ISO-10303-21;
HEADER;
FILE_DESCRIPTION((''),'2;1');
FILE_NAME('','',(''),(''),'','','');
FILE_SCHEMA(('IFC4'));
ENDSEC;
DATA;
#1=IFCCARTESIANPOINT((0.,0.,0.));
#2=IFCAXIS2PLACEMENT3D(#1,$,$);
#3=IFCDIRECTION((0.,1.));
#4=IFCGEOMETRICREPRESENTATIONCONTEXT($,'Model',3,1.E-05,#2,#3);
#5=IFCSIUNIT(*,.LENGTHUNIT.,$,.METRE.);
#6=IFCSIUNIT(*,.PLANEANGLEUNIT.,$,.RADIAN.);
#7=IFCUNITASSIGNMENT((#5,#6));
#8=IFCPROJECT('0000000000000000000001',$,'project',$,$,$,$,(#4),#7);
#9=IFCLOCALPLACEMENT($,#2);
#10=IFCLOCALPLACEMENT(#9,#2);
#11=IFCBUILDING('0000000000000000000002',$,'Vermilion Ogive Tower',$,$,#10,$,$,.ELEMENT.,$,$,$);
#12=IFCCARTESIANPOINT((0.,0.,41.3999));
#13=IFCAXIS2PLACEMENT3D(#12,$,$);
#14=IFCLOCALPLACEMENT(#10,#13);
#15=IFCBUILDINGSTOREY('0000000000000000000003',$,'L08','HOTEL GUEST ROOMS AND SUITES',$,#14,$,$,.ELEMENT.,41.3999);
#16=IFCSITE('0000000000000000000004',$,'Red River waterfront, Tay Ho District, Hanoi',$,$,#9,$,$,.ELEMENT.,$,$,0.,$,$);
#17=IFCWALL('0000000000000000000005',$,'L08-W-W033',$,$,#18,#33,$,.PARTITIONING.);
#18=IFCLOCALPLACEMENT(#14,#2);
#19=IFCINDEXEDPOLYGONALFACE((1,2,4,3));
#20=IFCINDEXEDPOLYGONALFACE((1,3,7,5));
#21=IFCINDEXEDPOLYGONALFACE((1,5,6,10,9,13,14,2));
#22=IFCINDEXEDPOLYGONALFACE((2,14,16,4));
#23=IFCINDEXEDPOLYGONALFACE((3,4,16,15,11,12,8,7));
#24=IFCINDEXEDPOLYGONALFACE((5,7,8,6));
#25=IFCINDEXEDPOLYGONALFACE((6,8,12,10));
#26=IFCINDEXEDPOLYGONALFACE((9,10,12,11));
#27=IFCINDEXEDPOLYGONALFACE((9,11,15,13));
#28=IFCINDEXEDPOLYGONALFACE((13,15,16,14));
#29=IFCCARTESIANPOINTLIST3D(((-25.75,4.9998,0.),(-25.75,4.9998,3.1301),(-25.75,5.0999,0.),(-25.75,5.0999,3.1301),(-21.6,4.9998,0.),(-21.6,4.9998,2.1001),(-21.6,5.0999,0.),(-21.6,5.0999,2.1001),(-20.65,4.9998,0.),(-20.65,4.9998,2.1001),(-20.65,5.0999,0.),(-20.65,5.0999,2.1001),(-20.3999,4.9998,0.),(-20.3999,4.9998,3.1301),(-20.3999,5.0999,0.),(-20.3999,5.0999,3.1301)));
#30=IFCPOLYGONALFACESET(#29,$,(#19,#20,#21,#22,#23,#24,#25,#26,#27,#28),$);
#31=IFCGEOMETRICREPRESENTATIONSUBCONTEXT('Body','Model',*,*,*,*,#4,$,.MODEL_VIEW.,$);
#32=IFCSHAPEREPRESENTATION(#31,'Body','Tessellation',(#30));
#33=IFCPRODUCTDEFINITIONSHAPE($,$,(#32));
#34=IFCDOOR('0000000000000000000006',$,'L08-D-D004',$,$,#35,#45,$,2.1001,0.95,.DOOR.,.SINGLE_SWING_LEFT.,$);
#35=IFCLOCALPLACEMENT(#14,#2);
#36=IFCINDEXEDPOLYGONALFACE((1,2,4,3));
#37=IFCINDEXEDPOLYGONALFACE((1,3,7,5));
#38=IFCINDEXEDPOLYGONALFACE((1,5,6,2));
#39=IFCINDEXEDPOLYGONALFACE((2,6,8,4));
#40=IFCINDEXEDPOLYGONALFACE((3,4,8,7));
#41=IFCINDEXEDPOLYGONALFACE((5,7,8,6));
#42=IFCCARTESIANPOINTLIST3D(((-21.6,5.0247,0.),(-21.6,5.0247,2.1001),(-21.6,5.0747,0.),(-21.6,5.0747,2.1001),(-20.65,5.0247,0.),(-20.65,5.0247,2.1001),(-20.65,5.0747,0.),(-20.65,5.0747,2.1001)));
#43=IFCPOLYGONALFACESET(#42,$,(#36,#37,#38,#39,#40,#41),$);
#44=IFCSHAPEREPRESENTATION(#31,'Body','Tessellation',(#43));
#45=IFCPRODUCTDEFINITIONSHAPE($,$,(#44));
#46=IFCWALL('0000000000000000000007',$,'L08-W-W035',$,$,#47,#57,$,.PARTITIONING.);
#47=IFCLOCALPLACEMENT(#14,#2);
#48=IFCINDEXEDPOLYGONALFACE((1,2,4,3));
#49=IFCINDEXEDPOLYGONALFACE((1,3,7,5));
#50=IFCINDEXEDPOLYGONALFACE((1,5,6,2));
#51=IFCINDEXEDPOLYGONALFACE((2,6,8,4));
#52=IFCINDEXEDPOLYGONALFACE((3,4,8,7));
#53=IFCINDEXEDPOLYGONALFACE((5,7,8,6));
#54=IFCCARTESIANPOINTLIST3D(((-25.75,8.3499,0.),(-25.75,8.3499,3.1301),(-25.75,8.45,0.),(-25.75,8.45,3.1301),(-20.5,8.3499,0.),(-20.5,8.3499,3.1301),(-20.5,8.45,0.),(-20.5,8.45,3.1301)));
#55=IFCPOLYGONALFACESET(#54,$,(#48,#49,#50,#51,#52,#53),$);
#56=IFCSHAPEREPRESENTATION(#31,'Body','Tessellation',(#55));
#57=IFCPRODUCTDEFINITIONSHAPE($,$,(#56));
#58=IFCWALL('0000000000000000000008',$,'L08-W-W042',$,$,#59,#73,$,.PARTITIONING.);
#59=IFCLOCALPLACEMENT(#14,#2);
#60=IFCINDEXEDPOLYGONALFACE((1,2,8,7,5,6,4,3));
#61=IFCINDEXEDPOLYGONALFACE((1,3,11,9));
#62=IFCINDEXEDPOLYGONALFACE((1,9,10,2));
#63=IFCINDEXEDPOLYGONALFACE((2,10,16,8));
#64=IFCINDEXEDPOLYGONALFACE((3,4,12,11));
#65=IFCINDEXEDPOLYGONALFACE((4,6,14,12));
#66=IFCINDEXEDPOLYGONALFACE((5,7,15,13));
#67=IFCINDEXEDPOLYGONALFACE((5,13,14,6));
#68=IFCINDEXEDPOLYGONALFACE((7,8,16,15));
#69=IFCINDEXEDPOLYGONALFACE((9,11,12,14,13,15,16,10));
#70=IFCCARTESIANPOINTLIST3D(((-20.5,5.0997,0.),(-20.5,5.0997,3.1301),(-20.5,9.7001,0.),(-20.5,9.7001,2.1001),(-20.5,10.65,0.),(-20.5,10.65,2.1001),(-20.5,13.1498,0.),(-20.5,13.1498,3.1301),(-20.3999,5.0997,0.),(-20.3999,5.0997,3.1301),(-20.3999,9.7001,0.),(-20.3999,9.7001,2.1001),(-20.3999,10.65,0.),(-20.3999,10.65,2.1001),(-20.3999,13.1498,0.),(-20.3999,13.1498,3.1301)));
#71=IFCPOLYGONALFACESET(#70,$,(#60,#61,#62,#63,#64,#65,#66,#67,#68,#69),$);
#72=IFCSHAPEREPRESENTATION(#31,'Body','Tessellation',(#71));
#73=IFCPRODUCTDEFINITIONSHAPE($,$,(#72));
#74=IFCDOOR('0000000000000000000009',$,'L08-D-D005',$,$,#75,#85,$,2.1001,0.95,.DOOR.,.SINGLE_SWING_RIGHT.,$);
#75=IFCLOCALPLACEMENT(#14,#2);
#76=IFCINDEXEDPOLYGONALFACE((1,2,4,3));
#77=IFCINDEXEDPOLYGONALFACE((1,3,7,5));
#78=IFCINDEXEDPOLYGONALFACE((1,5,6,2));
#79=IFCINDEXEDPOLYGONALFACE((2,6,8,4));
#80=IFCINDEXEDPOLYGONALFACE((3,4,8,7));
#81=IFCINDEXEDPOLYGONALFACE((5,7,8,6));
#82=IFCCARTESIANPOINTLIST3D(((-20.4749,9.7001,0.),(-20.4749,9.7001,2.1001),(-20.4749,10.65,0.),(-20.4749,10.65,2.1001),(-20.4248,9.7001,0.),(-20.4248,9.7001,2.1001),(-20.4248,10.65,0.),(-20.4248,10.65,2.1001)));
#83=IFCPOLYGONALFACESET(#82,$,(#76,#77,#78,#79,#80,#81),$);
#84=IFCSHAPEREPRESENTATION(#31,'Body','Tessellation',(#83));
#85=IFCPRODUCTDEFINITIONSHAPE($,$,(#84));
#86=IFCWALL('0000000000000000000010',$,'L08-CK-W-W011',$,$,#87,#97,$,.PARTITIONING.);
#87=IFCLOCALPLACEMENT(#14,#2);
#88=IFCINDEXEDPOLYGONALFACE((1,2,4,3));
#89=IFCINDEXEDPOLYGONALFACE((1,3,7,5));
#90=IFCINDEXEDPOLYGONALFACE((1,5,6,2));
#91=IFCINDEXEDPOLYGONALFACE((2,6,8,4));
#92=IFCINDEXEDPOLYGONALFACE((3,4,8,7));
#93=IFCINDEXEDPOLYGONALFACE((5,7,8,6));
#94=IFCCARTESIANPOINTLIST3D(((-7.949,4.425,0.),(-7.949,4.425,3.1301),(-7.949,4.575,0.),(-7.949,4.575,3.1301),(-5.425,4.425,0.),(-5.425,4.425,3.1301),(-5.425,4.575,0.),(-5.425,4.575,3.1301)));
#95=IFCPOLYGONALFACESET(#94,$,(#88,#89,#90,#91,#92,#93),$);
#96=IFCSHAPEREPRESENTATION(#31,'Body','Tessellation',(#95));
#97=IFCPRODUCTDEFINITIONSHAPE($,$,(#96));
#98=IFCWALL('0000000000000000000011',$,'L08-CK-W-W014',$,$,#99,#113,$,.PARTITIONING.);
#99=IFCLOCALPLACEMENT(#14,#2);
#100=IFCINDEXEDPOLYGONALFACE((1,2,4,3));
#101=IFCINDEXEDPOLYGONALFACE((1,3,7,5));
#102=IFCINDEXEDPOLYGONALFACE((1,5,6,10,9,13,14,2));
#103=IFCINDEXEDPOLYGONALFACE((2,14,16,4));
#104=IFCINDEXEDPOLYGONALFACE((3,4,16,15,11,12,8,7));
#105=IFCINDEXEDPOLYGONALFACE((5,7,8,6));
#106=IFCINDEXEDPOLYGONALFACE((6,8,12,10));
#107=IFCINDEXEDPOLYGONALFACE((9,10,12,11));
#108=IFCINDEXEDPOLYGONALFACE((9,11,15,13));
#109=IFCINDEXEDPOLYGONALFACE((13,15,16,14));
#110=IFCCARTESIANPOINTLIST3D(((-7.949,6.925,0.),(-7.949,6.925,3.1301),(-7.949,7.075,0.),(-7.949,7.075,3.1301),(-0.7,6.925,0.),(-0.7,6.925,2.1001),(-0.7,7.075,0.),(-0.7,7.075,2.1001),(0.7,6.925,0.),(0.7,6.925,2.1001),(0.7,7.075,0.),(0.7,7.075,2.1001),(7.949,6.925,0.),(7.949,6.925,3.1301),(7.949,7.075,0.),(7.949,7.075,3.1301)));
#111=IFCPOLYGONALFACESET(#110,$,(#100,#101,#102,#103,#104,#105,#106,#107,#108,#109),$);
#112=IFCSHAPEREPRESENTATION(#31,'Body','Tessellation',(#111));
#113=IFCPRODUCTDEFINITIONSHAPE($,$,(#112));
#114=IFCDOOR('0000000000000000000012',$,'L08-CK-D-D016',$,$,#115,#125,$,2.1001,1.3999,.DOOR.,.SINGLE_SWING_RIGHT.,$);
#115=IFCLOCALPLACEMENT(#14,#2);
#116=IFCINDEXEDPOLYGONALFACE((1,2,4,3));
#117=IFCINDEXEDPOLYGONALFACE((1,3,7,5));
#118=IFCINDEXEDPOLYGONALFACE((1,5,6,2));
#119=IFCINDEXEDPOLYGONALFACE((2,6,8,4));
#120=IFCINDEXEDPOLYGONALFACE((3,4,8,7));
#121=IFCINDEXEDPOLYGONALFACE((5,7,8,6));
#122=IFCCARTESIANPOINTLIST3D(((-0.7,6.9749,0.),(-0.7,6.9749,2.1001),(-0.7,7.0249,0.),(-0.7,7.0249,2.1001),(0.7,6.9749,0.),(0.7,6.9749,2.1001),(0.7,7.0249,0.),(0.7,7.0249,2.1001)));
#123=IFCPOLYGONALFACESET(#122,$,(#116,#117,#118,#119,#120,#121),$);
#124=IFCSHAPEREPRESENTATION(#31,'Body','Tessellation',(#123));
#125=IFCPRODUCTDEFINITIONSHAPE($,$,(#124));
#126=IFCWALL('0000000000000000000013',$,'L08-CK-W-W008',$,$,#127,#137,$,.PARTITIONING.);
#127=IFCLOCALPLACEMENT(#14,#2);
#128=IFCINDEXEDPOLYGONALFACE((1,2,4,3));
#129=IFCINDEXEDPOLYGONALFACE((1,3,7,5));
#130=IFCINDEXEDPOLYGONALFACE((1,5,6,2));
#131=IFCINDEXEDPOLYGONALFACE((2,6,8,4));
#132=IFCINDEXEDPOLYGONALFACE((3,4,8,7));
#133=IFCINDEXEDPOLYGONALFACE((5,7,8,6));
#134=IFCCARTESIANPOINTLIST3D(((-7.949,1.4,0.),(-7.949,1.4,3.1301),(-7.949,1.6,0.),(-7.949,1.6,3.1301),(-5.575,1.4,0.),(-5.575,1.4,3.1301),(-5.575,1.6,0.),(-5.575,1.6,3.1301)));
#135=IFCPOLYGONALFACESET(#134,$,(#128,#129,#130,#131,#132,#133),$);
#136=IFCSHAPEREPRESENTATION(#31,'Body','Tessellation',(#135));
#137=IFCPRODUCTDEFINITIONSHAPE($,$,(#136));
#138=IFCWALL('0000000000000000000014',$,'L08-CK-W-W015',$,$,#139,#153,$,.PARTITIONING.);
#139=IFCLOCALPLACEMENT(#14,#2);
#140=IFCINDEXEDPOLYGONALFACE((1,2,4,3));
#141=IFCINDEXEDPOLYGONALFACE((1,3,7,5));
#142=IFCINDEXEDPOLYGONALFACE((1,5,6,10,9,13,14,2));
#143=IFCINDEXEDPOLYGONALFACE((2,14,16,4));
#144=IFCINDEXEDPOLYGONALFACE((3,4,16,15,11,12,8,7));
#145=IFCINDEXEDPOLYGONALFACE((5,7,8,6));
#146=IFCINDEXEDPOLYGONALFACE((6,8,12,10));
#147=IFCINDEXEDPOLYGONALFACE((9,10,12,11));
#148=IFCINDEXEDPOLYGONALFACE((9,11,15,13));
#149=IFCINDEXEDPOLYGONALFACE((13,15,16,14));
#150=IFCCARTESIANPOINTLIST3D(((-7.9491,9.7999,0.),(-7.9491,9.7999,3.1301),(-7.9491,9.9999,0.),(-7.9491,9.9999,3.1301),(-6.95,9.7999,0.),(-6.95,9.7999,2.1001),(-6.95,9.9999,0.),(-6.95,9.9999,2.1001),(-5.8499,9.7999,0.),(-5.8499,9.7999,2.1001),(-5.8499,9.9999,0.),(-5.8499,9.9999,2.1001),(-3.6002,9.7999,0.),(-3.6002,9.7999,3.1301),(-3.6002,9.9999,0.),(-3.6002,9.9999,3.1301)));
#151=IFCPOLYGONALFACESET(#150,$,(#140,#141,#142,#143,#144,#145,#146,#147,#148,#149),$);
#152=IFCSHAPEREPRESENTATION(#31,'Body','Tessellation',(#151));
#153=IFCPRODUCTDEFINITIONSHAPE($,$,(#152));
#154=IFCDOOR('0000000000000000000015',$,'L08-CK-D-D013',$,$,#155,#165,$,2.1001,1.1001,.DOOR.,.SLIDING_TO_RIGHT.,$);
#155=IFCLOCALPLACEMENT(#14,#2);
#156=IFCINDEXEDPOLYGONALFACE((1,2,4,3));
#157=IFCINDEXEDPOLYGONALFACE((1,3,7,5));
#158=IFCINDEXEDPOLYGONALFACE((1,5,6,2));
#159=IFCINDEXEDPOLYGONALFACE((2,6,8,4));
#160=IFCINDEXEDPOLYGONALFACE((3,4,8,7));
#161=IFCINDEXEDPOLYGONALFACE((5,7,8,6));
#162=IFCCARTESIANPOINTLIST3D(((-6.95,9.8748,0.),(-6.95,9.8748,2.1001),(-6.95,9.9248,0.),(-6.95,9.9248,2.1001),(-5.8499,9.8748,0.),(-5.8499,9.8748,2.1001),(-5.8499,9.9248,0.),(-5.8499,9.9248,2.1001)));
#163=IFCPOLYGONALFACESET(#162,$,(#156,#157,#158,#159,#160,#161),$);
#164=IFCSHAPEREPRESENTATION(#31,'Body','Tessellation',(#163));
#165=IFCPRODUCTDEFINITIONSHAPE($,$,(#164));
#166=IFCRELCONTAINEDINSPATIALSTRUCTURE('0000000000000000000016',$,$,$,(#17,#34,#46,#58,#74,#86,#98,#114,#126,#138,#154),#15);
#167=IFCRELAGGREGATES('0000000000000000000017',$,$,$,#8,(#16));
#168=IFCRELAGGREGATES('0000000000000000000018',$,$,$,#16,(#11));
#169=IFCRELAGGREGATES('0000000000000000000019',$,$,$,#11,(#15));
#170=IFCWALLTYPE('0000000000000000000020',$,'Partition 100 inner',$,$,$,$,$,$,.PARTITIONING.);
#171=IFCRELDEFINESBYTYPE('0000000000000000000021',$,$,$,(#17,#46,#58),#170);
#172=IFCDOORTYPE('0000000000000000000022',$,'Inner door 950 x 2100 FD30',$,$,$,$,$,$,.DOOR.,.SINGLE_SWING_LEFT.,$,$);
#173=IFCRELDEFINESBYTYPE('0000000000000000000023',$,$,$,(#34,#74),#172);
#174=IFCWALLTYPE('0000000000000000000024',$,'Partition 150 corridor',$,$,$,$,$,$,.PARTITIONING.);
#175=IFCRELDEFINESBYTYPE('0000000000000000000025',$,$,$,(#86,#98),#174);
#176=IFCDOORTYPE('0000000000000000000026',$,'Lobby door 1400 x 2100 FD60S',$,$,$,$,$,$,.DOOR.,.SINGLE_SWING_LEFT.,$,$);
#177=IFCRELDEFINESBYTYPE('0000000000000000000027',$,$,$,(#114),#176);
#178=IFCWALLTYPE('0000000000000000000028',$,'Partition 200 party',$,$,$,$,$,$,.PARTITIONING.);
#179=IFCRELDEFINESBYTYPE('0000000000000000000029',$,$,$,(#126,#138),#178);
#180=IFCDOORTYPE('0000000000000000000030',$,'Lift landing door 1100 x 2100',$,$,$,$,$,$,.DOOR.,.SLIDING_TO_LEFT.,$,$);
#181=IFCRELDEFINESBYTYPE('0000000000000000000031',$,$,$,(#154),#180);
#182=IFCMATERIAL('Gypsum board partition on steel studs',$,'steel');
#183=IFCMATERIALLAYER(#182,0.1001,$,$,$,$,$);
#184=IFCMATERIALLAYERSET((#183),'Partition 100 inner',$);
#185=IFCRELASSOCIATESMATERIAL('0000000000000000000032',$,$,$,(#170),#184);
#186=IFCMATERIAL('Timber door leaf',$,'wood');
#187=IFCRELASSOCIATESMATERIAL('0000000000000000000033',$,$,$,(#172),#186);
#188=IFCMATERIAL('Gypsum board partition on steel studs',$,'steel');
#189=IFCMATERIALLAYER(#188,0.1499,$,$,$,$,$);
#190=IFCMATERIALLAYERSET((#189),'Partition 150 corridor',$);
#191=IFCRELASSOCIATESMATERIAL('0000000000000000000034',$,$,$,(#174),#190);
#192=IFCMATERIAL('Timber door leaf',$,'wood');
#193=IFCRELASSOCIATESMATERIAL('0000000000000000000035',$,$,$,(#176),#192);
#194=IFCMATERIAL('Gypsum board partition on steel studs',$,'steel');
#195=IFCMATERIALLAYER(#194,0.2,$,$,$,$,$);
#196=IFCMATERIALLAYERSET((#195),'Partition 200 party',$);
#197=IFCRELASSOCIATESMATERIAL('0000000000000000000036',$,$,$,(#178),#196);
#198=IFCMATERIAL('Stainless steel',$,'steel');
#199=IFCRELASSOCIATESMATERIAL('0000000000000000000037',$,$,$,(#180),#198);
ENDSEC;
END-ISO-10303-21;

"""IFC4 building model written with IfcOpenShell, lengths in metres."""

from ifc_helpers import new_model, si_unit, direction, frame, frame_2d, origin, place, context, subcontext, project, spatial, rectangle, extrude, material, layer, layer_set, type_object, element, fill, save


model = new_model("IFC4")

# Units and contexts
model_context = context("Model", 3, precision=1e-05, world=origin(), true_north=direction((0.0, 1.0)))
body_context = subcontext(model_context, "Body", "Model", "MODEL_VIEW")
ifc_project = project(units=[si_unit("LENGTHUNIT", "METRE"), si_unit("PLANEANGLEUNIT", "RADIAN")], contexts=[model_context])

# Site, building, storey
site_placement = place(None, origin())
site = spatial("IfcSite", under=ifc_project, at=site_placement, Name="Red River waterfront, Tay Ho District, Hanoi", CompositionType="ELEMENT", RefElevation=0.0)
building_placement = place(site_placement, origin())
building = spatial("IfcBuilding", under=site, at=building_placement, Name="Vermilion Ogive Tower", CompositionType="ELEMENT")
storey_placement = place(building_placement, frame((0.0, 0.0, 41.3999)))
storey = spatial("IfcBuildingStorey", under=building, at=storey_placement, Name="L08", Description="HOTEL GUEST ROOMS AND SUITES", CompositionType="ELEMENT", Elevation=41.3999)

# Wall, opening, door
ifc_material_1 = material(Name="Gypsum board partition on steel studs", Category="steel")
ifc_layer_1 = layer(ifc_material_1, 0.1001)
ifc_layer_set_1 = layer_set([ifc_layer_1], Name="Partition 100 inner")
wall_type_1 = type_object("IfcWallType", Name="Partition 100 inner", PredefinedType="PARTITIONING", material=ifc_layer_set_1)
ifc_material_2 = material(Name="Timber door leaf", Category="wood")
door_type_1 = type_object("IfcDoorType", Name="Inner door 950 x 2100 FD30", OperationType="SINGLE_SWING_LEFT", PredefinedType="DOOR", material=ifc_material_2)
wall_1_placement = place(storey_placement, frame((-25.75, 5.0498, 0.0), z_axis=(0.0, 0.0, 1.0), x_axis=(1.0, 0.0, 0.0)))
wall_1 = element("IfcWall", 1, at=wall_1_placement, inside=storey, type_object=wall_type_1, Name="L08-W-W033", PredefinedType="PARTITIONING", context=body_context, shape_type="SweptSolid", body=[
    extrude(rectangle(XDim=5.3501, YDim=0.1001, at=frame_2d((2.675, 0.0))), origin(), (0.0, 0.0, 1.0), 3.1301),
])
opening_1_placement = place(wall_1_placement, frame((4.1499, 0.0, 0.0)))
opening_1 = element("IfcOpeningElement", 2, at=opening_1_placement, cuts=wall_1, PredefinedType="OPENING", context=body_context, shape_type="SweptSolid", body=[
    extrude(rectangle(XDim=0.95, YDim=2.1001, at=frame_2d((0.4751, 1.05))), frame((0.0, 0.0601, 0.0), z_axis=(0.0, -1.0, 0.0), x_axis=(1.0, 0.0, 0.0)), (0.0, 0.0, 1.0), 0.1201),
])
door_1_placement = place(opening_1_placement, origin())
door_1 = element("IfcDoor", 3, at=door_1_placement, inside=storey, type_object=door_type_1, Name="L08-D-D004", OperationType="SINGLE_SWING_LEFT", OverallHeight=2.1001, OverallWidth=0.95, PredefinedType="DOOR", context=body_context, shape_type="SweptSolid", body=[
    extrude(rectangle(XDim=0.95, YDim=2.1001, at=frame_2d((0.4751, 1.05))), frame((0.0, 0.0249, 0.0), z_axis=(0.0, -1.0, 0.0), x_axis=(1.0, 0.0, 0.0)), (0.0, 0.0, 1.0), 0.05),
])
fill(opening_1, door_1)

# Wall
wall_2_placement = place(storey_placement, frame((-25.75, 8.3999, 0.0), z_axis=(0.0, 0.0, 1.0), x_axis=(1.0, 0.0, 0.0)))
element("IfcWall", 4, at=wall_2_placement, inside=storey, type_object=wall_type_1, Name="L08-W-W035", PredefinedType="PARTITIONING", context=body_context, shape_type="SweptSolid", body=[
    extrude(rectangle(XDim=5.25, YDim=0.1001, at=frame_2d((2.625, 0.0))), origin(), (0.0, 0.0, 1.0), 3.1301),
])

# Wall, opening, door
wall_3_placement = place(storey_placement, frame((-20.45, 5.0999, 0.0), z_axis=(0.0, 0.0, 1.0), x_axis=(0.0, 1.0, 0.0)))
wall_3 = element("IfcWall", 5, at=wall_3_placement, inside=storey, type_object=wall_type_1, Name="L08-W-W042", PredefinedType="PARTITIONING", context=body_context, shape_type="SweptSolid", body=[
    extrude(rectangle(XDim=8.05, YDim=0.1001, at=frame_2d((4.0249, 0.0))), origin(), (0.0, 0.0, 1.0), 3.1301),
])
opening_2_placement = place(wall_3_placement, frame((4.6001, 0.0, 0.0)))
opening_2 = element("IfcOpeningElement", 6, at=opening_2_placement, cuts=wall_3, PredefinedType="OPENING", context=body_context, shape_type="SweptSolid", body=[
    extrude(rectangle(XDim=0.95, YDim=2.1001, at=frame_2d((0.4751, 1.05))), frame((0.0, 0.0601, 0.0), z_axis=(0.0, -1.0, 0.0), x_axis=(1.0, 0.0, 0.0)), (0.0, 0.0, 1.0), 0.1201),
])
door_2_placement = place(opening_2_placement, origin())
door_2 = element("IfcDoor", 7, at=door_2_placement, inside=storey, type_object=door_type_1, Name="L08-D-D005", OperationType="SINGLE_SWING_RIGHT", OverallHeight=2.1001, OverallWidth=0.95, PredefinedType="DOOR", context=body_context, shape_type="SweptSolid", body=[
    extrude(rectangle(XDim=0.95, YDim=2.1001, at=frame_2d((0.4751, 1.05))), frame((0.0, 0.0249, 0.0), z_axis=(0.0, -1.0, 0.0), x_axis=(1.0, 0.0, 0.0)), (0.0, 0.0, 1.0), 0.05),
])
fill(opening_2, door_2)

# Wall
ifc_material_3 = material(Name="Gypsum board partition on steel studs", Category="steel")
ifc_layer_2 = layer(ifc_material_3, 0.1499)
ifc_layer_set_2 = layer_set([ifc_layer_2], Name="Partition 150 corridor")
wall_type_2 = type_object("IfcWallType", Name="Partition 150 corridor", PredefinedType="PARTITIONING", material=ifc_layer_set_2)
wall_4_placement = place(storey_placement, frame((-7.949, 4.5, 0.0), z_axis=(0.0, 0.0, 1.0), x_axis=(1.0, 0.0, 0.0)))
element("IfcWall", 8, at=wall_4_placement, inside=storey, type_object=wall_type_2, Name="L08-CK-W-W011", PredefinedType="PARTITIONING", context=body_context, shape_type="SweptSolid", body=[
    extrude(rectangle(XDim=2.5239, YDim=0.1499, at=frame_2d((1.262, 0.0))), origin(), (0.0, 0.0, 1.0), 3.1301),
])

# Wall, opening, door
wall_5_placement = place(storey_placement, frame((-7.949, 7.0, 0.0), z_axis=(0.0, 0.0, 1.0), x_axis=(1.0, 0.0, 0.0)))
wall_5 = element("IfcWall", 9, at=wall_5_placement, inside=storey, type_object=wall_type_2, Name="L08-CK-W-W014", PredefinedType="PARTITIONING", context=body_context, shape_type="SweptSolid", body=[
    extrude(rectangle(XDim=15.8979, YDim=0.1499, at=frame_2d((7.949, 0.0))), origin(), (0.0, 0.0, 1.0), 3.1301),
])
opening_3_placement = place(wall_5_placement, frame((7.249, 0.0, 0.0)))
opening_3 = element("IfcOpeningElement", 10, at=opening_3_placement, cuts=wall_5, PredefinedType="OPENING", context=body_context, shape_type="SweptSolid", body=[
    extrude(rectangle(XDim=1.3999, YDim=2.1001, at=frame_2d((0.7, 1.05))), frame((0.0, 0.085, 0.0), z_axis=(0.0, -1.0, 0.0), x_axis=(1.0, 0.0, 0.0)), (0.0, 0.0, 1.0), 0.1699),
])
ifc_material_4 = material(Name="Timber door leaf", Category="wood")
door_type_2 = type_object("IfcDoorType", Name="Lobby door 1400 x 2100 FD60S", OperationType="SINGLE_SWING_LEFT", PredefinedType="DOOR", material=ifc_material_4)
door_3_placement = place(opening_3_placement, origin())
door_3 = element("IfcDoor", 11, at=door_3_placement, inside=storey, type_object=door_type_2, Name="L08-CK-D-D016", OperationType="SINGLE_SWING_RIGHT", OverallHeight=2.1001, OverallWidth=1.3999, PredefinedType="DOOR", context=body_context, shape_type="SweptSolid", body=[
    extrude(rectangle(XDim=1.3999, YDim=2.1001, at=frame_2d((0.7, 1.05))), frame((0.0, 0.0249, 0.0), z_axis=(0.0, -1.0, 0.0), x_axis=(1.0, 0.0, 0.0)), (0.0, 0.0, 1.0), 0.05),
])
fill(opening_3, door_3)

# Wall
ifc_material_5 = material(Name="Gypsum board partition on steel studs", Category="steel")
ifc_layer_3 = layer(ifc_material_5, 0.2)
ifc_layer_set_3 = layer_set([ifc_layer_3], Name="Partition 200 party")
wall_type_3 = type_object("IfcWallType", Name="Partition 200 party", PredefinedType="PARTITIONING", material=ifc_layer_set_3)
wall_6_placement = place(storey_placement, frame((-7.949, 1.5, 0.0), z_axis=(0.0, 0.0, 1.0), x_axis=(1.0, 0.0, 0.0)))
element("IfcWall", 12, at=wall_6_placement, inside=storey, type_object=wall_type_3, Name="L08-CK-W-W008", PredefinedType="PARTITIONING", context=body_context, shape_type="SweptSolid", body=[
    extrude(rectangle(XDim=2.374, YDim=0.2, at=frame_2d((1.187, 0.0))), origin(), (0.0, 0.0, 1.0), 3.1301),
])

# Wall, opening, door
wall_7_placement = place(storey_placement, frame((-7.949, 9.8999, 0.0), z_axis=(0.0, 0.0, 1.0), x_axis=(1.0, 0.0, 0.0)))
wall_7 = element("IfcWall", 13, at=wall_7_placement, inside=storey, type_object=wall_type_3, Name="L08-CK-W-W015", PredefinedType="PARTITIONING", context=body_context, shape_type="SweptSolid", body=[
    extrude(rectangle(XDim=4.3489, YDim=0.2, at=frame_2d((2.1743, 0.0))), origin(), (0.0, 0.0, 1.0), 3.1301),
])
opening_4_placement = place(wall_7_placement, frame((0.999, 0.0, 0.0)))
opening_4 = element("IfcOpeningElement", 14, at=opening_4_placement, cuts=wall_7, PredefinedType="OPENING", context=body_context, shape_type="SweptSolid", body=[
    extrude(rectangle(XDim=1.1001, YDim=2.1001, at=frame_2d((0.55, 1.05))), frame((0.0, 0.1099, 0.0), z_axis=(0.0, -1.0, 0.0), x_axis=(1.0, 0.0, 0.0)), (0.0, 0.0, 1.0), 0.22),
])
ifc_material_6 = material(Name="Stainless steel", Category="steel")
door_type_3 = type_object("IfcDoorType", Name="Lift landing door 1100 x 2100", OperationType="SLIDING_TO_LEFT", PredefinedType="DOOR", material=ifc_material_6)
door_4_placement = place(opening_4_placement, origin())
door_4 = element("IfcDoor", 15, at=door_4_placement, inside=storey, type_object=door_type_3, Name="L08-CK-D-D013", OperationType="SLIDING_TO_RIGHT", OverallHeight=2.1001, OverallWidth=1.1001, PredefinedType="DOOR", context=body_context, shape_type="SweptSolid", body=[
    extrude(rectangle(XDim=1.1001, YDim=2.1001, at=frame_2d((0.55, 1.05))), frame((0.0, 0.0249, 0.0), z_axis=(0.0, -1.0, 0.0), x_axis=(1.0, 0.0, 0.0)), (0.0, 0.0, 1.0), 0.05),
])
fill(opening_4, door_4)

save(model, "model.ifc")
